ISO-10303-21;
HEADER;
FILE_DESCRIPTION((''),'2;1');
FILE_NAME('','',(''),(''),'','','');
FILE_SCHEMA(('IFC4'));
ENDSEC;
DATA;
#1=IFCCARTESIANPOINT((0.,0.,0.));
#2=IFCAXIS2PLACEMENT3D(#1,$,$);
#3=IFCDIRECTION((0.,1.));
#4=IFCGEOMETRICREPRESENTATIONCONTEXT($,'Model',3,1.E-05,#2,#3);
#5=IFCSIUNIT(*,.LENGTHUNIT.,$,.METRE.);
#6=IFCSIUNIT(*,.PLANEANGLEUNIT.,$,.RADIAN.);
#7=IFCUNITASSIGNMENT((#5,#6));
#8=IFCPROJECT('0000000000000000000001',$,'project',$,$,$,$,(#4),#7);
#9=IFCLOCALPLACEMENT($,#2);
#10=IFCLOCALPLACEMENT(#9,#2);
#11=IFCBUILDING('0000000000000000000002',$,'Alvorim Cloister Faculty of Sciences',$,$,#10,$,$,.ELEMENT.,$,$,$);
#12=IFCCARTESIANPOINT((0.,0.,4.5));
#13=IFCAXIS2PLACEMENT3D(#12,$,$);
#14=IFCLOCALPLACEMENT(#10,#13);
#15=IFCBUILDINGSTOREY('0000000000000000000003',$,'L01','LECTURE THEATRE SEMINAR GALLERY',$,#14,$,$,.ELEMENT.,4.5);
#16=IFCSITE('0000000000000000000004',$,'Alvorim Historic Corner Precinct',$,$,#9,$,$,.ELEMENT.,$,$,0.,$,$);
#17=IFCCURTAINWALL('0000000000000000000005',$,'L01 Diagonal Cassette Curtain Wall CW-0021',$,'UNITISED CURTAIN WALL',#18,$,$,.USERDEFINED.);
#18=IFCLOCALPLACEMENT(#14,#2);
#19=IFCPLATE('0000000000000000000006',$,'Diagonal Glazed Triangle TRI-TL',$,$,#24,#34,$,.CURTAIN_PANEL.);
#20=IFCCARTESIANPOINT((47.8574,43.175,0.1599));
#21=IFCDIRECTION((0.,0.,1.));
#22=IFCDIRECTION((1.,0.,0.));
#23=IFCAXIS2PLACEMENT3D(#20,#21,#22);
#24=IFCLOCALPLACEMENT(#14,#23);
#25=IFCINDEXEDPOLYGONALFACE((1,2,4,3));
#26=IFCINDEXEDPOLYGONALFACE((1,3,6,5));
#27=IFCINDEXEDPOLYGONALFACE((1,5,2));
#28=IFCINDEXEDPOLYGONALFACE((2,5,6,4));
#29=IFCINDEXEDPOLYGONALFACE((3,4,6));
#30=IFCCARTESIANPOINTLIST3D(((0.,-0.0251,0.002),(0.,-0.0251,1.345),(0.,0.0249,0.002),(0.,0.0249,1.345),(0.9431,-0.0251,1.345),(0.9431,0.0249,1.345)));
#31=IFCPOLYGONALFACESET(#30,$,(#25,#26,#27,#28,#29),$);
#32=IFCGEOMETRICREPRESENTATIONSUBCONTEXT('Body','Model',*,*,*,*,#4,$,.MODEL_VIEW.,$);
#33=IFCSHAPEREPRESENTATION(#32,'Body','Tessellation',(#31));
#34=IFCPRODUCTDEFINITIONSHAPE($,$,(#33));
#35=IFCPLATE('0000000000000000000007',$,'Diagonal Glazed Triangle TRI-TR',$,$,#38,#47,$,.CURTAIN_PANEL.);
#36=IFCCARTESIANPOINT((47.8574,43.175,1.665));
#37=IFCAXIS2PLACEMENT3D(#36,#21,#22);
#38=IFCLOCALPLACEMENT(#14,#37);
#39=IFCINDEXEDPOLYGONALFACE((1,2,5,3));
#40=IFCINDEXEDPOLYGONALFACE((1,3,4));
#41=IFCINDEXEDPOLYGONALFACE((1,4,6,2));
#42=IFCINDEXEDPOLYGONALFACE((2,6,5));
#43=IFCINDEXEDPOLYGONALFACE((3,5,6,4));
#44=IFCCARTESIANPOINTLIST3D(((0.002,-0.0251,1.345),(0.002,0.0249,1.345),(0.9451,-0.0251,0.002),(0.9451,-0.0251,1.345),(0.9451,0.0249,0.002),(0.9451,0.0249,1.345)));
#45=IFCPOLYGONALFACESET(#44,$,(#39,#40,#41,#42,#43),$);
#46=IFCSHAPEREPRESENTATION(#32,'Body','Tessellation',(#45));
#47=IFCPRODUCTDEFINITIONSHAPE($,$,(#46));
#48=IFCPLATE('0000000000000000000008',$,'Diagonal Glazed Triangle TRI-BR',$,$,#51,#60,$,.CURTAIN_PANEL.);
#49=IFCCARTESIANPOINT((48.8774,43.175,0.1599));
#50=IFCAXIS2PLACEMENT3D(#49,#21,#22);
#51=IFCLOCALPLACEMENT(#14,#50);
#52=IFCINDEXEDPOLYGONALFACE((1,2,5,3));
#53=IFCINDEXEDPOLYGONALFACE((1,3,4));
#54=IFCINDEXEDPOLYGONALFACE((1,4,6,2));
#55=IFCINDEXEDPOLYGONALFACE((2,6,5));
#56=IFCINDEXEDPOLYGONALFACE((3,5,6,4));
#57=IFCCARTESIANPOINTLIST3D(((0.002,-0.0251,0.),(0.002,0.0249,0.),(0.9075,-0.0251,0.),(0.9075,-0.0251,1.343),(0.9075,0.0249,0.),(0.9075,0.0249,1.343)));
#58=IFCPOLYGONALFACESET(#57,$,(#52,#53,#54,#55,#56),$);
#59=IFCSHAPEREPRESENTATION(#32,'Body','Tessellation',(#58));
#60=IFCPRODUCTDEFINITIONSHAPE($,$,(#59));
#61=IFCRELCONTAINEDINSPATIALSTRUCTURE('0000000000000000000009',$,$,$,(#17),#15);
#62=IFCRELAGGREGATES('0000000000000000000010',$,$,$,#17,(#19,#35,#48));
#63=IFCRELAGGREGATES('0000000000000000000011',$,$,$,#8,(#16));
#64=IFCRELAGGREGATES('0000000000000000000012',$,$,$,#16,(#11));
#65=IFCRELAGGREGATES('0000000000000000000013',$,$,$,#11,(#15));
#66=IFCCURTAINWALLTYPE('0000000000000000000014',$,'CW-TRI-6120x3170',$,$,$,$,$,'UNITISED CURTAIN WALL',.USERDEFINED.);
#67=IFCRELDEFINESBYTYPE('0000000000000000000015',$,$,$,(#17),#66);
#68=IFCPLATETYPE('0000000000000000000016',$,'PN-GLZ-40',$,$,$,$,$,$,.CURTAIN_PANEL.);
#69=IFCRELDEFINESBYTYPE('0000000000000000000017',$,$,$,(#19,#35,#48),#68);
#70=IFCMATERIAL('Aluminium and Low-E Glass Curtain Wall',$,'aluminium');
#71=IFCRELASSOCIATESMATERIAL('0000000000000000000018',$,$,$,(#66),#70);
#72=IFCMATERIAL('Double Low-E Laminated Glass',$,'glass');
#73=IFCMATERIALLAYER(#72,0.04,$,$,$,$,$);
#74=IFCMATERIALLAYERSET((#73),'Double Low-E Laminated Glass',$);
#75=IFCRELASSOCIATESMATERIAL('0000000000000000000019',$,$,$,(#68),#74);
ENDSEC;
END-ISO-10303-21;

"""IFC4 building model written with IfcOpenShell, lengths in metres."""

from ifc_helpers import new_model, si_unit, direction, frame, origin, place, context, subcontext, project, spatial, polyline, outline, extrude, material, layer, layer_set, type_object, element, aggregate, save


model = new_model("IFC4")

# Units and contexts
model_context = context("Model", 3, precision=1e-05, world=origin(), true_north=direction((0.0, 1.0)))
body_context = subcontext(model_context, "Body", "Model", "MODEL_VIEW")
ifc_project = project(units=[si_unit("LENGTHUNIT", "METRE"), si_unit("PLANEANGLEUNIT", "RADIAN")], contexts=[model_context])

# Site, building, storey
site_placement = place(None, origin())
site = spatial("IfcSite", under=ifc_project, at=site_placement, Name="Alvorim Historic Corner Precinct", CompositionType="ELEMENT", RefElevation=0.0)
building_placement = place(site_placement, origin())
building = spatial("IfcBuilding", under=site, at=building_placement, Name="Alvorim Cloister Faculty of Sciences", CompositionType="ELEMENT")
storey_placement = place(building_placement, frame((0.0, 0.0, 4.5)))
storey = spatial("IfcBuildingStorey", under=building, at=storey_placement, Name="L01", Description="LECTURE THEATRE SEMINAR GALLERY", CompositionType="ELEMENT", Elevation=4.5)

# Curtain wall
ifc_material_1 = material(Name="Aluminium and Low-E Glass Curtain Wall", Category="aluminium")
curtain_wall_type = type_object("IfcCurtainWallType", Name="CW-TRI-6120x3170", ElementType="UNITISED CURTAIN WALL", PredefinedType="USERDEFINED", material=ifc_material_1)
curtain_wall_placement = place(storey_placement, origin())
curtain_wall = element("IfcCurtainWall", 1, at=curtain_wall_placement, inside=storey, type_object=curtain_wall_type, Name="L01 Diagonal Cassette Curtain Wall CW-0021", ObjectType="UNITISED CURTAIN WALL", PredefinedType="USERDEFINED")

# Plates
ifc_material_2 = material(Name="Double Low-E Laminated Glass", Category="glass")
ifc_layer_1 = layer(ifc_material_2, 0.04)
ifc_layer_set_1 = layer_set([ifc_layer_1], Name="Double Low-E Laminated Glass")
plate_type_1 = type_object("IfcPlateType", Name="PN-GLZ-40", PredefinedType="CURTAIN_PANEL", material=ifc_layer_set_1)
plate_1_placement = place(storey_placement, frame((47.8574, 43.175, 0.1599), z_axis=(0.0, 0.0, 1.0), x_axis=(1.0, 0.0, 0.0)))
plate_1 = element("IfcPlate", 2, at=plate_1_placement, type_object=plate_type_1, Name="Diagonal Glazed Triangle TRI-TL", PredefinedType="CURTAIN_PANEL", context=body_context, shape_type="SweptSolid", body=[
    extrude(outline(polyline([(0.9431, 1.345), (0.0, 1.345), (0.0, 0.002), (0.9431, 1.345)])), frame((0.0, 0.0249, 0.0), z_axis=(0.0, -1.0, 0.0), x_axis=(1.0, 0.0, 0.0)), (0.0, 0.0, 1.0), 0.05),
])
plate_2_placement = place(storey_placement, frame((47.8574, 43.175, 1.665), z_axis=(0.0, 0.0, 1.0), x_axis=(1.0, 0.0, 0.0)))
plate_2 = element("IfcPlate", 3, at=plate_2_placement, type_object=plate_type_1, Name="Diagonal Glazed Triangle TRI-TR", PredefinedType="CURTAIN_PANEL", context=body_context, shape_type="SweptSolid", body=[
    extrude(outline(polyline([(0.9451, 0.002), (0.9451, 1.345), (0.002, 1.345), (0.9451, 0.002)])), frame((0.0, 0.0249, 0.0), z_axis=(0.0, -1.0, 0.0), x_axis=(1.0, 0.0, 0.0)), (0.0, 0.0, 1.0), 0.05),
])
plate_3_placement = place(storey_placement, frame((48.8774, 43.175, 0.1599), z_axis=(0.0, 0.0, 1.0), x_axis=(1.0, 0.0, 0.0)))
plate_3 = element("IfcPlate", 4, at=plate_3_placement, type_object=plate_type_1, Name="Diagonal Glazed Triangle TRI-BR", PredefinedType="CURTAIN_PANEL", context=body_context, shape_type="SweptSolid", body=[
    extrude(outline(polyline([(0.002, 0.0), (0.9075, 0.0), (0.9075, 1.343), (0.002, 0.0)])), frame((0.0, 0.0249, 0.0), z_axis=(0.0, -1.0, 0.0), x_axis=(1.0, 0.0, 0.0)), (0.0, 0.0, 1.0), 0.05),
])
aggregate(curtain_wall, [plate_1, plate_2, plate_3])

save(model, "model.ifc")
